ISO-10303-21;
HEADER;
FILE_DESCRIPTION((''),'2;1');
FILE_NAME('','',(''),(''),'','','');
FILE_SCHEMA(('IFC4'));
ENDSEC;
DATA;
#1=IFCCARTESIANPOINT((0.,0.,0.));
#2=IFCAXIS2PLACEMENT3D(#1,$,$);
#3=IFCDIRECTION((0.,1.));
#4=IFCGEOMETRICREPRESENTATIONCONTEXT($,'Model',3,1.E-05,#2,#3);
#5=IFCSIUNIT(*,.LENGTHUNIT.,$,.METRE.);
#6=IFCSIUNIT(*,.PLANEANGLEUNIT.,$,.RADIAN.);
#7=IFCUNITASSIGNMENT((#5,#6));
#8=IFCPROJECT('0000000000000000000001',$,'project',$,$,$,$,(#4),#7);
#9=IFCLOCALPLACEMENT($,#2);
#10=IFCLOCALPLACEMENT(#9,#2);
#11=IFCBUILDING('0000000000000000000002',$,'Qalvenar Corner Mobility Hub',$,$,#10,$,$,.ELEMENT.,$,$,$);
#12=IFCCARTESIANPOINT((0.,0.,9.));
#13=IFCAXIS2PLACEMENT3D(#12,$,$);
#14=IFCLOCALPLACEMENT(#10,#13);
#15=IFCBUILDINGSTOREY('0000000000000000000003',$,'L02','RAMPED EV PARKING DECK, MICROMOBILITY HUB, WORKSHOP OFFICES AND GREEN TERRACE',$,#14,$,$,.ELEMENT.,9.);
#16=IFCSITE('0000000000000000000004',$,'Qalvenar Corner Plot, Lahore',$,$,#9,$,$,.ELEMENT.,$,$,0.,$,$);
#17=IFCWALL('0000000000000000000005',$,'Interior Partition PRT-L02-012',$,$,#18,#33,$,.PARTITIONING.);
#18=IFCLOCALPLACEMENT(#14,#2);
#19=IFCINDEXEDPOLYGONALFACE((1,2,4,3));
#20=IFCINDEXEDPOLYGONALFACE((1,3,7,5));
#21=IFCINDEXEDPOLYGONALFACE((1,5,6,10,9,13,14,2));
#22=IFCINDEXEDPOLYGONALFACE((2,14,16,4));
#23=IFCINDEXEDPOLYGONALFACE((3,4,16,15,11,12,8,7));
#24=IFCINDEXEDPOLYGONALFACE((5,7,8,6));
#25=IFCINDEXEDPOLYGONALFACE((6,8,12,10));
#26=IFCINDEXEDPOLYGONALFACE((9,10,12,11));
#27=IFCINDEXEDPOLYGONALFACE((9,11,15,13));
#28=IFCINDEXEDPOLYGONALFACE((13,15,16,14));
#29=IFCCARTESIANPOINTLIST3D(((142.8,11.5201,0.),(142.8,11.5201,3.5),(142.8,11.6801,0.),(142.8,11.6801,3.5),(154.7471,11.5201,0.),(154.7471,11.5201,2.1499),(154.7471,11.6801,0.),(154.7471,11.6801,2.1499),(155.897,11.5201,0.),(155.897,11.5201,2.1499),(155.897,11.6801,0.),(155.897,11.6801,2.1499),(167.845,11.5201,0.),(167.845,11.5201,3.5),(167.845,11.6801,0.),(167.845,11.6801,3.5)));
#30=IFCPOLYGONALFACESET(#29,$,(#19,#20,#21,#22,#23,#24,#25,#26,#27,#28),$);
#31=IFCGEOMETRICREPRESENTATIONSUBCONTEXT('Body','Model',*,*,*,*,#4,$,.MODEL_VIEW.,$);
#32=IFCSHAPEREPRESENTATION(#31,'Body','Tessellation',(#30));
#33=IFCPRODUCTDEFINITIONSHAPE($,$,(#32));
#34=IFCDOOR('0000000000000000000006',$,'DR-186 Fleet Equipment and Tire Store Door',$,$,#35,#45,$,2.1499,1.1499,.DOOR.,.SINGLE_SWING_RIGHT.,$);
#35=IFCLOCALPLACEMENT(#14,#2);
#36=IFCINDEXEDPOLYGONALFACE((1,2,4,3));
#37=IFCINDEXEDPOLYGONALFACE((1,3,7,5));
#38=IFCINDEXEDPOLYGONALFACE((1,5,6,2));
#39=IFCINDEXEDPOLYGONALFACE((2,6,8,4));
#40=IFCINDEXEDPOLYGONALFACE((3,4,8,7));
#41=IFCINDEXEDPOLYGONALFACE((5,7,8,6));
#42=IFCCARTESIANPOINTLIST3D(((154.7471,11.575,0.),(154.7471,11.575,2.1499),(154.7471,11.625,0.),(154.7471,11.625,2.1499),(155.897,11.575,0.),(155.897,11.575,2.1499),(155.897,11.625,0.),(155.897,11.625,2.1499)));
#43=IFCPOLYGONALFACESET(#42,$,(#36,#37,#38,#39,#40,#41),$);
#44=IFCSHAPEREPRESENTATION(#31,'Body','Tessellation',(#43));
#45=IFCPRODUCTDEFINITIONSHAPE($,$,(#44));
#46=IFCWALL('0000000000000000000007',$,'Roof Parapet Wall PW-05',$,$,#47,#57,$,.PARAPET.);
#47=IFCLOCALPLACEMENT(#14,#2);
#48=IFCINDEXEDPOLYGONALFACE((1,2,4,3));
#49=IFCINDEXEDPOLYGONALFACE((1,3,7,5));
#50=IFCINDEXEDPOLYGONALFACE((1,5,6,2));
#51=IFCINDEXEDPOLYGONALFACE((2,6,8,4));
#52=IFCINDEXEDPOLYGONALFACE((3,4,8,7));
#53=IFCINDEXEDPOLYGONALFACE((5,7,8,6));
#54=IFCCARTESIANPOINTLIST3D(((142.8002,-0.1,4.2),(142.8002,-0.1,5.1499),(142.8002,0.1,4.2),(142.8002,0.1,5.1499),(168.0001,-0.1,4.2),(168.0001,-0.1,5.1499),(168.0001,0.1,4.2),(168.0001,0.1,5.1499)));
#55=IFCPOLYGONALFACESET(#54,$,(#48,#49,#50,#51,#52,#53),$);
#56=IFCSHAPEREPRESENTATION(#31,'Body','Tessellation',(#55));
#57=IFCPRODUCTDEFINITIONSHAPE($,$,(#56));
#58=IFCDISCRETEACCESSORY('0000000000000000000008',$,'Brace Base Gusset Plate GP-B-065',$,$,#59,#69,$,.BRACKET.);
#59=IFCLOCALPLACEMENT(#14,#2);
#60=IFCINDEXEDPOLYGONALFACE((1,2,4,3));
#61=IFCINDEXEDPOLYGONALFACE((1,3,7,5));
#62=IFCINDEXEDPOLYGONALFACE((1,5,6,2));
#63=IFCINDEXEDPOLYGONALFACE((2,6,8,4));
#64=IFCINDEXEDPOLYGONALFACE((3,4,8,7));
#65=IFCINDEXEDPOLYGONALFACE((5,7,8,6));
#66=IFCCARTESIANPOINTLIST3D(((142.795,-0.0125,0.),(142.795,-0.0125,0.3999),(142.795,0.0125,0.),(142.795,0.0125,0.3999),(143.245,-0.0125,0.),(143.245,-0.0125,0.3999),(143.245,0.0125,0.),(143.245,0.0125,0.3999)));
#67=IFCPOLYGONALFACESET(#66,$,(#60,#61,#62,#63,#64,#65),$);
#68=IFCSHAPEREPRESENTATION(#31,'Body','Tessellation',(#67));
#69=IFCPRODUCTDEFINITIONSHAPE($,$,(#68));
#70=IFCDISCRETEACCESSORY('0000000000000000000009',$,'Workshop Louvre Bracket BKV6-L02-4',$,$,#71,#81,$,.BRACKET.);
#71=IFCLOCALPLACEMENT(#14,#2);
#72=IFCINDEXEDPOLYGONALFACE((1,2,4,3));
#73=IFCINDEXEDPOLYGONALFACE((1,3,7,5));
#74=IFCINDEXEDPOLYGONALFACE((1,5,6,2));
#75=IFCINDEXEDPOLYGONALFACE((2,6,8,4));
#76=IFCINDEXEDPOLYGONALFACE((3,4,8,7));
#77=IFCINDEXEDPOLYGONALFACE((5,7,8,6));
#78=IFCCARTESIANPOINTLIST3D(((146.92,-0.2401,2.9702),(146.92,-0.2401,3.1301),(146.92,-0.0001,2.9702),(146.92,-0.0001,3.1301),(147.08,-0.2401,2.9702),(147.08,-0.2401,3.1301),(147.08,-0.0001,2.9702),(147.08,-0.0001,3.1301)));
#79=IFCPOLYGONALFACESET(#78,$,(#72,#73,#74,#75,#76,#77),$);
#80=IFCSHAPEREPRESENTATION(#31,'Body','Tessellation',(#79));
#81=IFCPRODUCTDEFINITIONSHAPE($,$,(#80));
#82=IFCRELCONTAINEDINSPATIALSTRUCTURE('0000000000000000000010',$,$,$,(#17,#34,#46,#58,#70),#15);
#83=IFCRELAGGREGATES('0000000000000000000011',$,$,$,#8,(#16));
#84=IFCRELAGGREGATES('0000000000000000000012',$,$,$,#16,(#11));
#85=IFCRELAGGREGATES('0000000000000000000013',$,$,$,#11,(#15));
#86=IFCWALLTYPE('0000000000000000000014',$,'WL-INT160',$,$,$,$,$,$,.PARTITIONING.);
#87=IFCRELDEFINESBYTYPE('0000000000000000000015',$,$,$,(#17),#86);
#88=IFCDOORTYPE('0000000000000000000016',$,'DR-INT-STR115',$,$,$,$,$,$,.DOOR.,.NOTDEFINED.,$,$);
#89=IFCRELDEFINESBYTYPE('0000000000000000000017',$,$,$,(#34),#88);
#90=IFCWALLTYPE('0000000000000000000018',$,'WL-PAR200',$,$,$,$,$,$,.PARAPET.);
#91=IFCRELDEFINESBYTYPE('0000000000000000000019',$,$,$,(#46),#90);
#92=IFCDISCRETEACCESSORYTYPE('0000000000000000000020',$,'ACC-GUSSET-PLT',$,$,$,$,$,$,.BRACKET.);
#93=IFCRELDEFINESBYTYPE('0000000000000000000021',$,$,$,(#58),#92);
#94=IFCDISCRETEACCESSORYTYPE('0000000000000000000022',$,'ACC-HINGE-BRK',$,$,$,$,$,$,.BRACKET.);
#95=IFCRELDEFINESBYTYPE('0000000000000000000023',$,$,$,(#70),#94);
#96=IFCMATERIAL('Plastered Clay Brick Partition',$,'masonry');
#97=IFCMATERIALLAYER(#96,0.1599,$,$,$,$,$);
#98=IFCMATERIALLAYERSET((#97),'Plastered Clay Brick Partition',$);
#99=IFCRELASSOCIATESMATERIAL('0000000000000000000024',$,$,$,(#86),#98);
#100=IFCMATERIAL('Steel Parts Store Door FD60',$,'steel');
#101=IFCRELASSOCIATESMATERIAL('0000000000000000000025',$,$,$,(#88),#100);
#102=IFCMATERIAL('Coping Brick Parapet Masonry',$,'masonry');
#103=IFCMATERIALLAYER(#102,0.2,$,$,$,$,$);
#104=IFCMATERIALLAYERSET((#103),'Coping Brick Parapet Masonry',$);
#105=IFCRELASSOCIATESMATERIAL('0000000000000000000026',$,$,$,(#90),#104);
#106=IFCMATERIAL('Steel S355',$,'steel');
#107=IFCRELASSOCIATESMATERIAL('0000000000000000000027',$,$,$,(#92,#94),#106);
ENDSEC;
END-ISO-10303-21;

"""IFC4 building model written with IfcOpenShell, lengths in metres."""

from ifc_helpers import new_model, si_unit, direction, frame, frame_2d, origin, origin_2d, place, context, subcontext, project, spatial, rectangle, extrude, material, layer, layer_set, type_object, element, fill, save


model = new_model("IFC4")

# Units and contexts
model_context = context("Model", 3, precision=1e-05, world=origin(), true_north=direction((0.0, 1.0)))
body_context = subcontext(model_context, "Body", "Model", "MODEL_VIEW")
ifc_project = project(units=[si_unit("LENGTHUNIT", "METRE"), si_unit("PLANEANGLEUNIT", "RADIAN")], contexts=[model_context])

# Site, building, storey
site_placement = place(None, origin())
site = spatial("IfcSite", under=ifc_project, at=site_placement, Name="Qalvenar Corner Plot, Lahore", CompositionType="ELEMENT", RefElevation=0.0)
building_placement = place(site_placement, origin())
building = spatial("IfcBuilding", under=site, at=building_placement, Name="Qalvenar Corner Mobility Hub", CompositionType="ELEMENT")
storey_placement = place(building_placement, frame((0.0, 0.0, 9.0)))
storey = spatial("IfcBuildingStorey", under=building, at=storey_placement, Name="L02", Description="RAMPED EV PARKING DECK, MICROMOBILITY HUB, WORKSHOP OFFICES AND GREEN TERRACE", CompositionType="ELEMENT", Elevation=9.0)

# Shared definitions
ifc_material_1 = material(Name="Steel S355", Category="steel")

# Wall, opening, door
ifc_material_2 = material(Name="Plastered Clay Brick Partition", Category="masonry")
ifc_layer_1 = layer(ifc_material_2, 0.1599)
ifc_layer_set_1 = layer_set([ifc_layer_1], Name="Plastered Clay Brick Partition")
wall_type_1 = type_object("IfcWallType", Name="WL-INT160", PredefinedType="PARTITIONING", material=ifc_layer_set_1)
wall_1_placement = place(storey_placement, frame((142.8, 11.6001, 0.0), z_axis=(0.0, 0.0, 1.0), x_axis=(1.0, 0.0, 0.0)))
wall_1 = element("IfcWall", 1, at=wall_1_placement, inside=storey, type_object=wall_type_1, Name="Interior Partition PRT-L02-012", PredefinedType="PARTITIONING", context=body_context, shape_type="SweptSolid", body=[
    extrude(rectangle(XDim=25.0449, YDim=0.1599, at=frame_2d((12.5225, 0.0))), origin(), (0.0, 0.0, 1.0), 3.5),
])
opening_placement = place(wall_1_placement, frame((11.947, 0.0, 0.0)))
opening = element("IfcOpeningElement", 2, at=opening_placement, cuts=wall_1, PredefinedType="OPENING", context=body_context, shape_type="SweptSolid", body=[
    extrude(rectangle(XDim=1.1499, YDim=2.1499, at=frame_2d((0.575, 1.075))), frame((0.0, 0.0898, 0.0), z_axis=(0.0, -1.0, 0.0), x_axis=(1.0, 0.0, 0.0)), (0.0, 0.0, 1.0), 0.1799),
])
ifc_material_3 = material(Name="Steel Parts Store Door FD60", Category="steel")
door_type = type_object("IfcDoorType", Name="DR-INT-STR115", OperationType="NOTDEFINED", PredefinedType="DOOR", material=ifc_material_3)
door_placement = place(opening_placement, origin())
door = element("IfcDoor", 3, at=door_placement, inside=storey, type_object=door_type, Name="DR-186 Fleet Equipment and Tire Store Door", OperationType="SINGLE_SWING_RIGHT", OverallHeight=2.1499, OverallWidth=1.1499, PredefinedType="DOOR", context=body_context, shape_type="SweptSolid", body=[
    extrude(rectangle(XDim=1.1499, YDim=2.1499, at=frame_2d((0.575, 1.075))), frame((0.0, 0.0249, 0.0), z_axis=(0.0, -1.0, 0.0), x_axis=(1.0, 0.0, 0.0)), (0.0, 0.0, 1.0), 0.05),
])
fill(opening, door)

# Wall
ifc_material_4 = material(Name="Coping Brick Parapet Masonry", Category="masonry")
ifc_layer_2 = layer(ifc_material_4, 0.2)
ifc_layer_set_2 = layer_set([ifc_layer_2], Name="Coping Brick Parapet Masonry")
wall_type_2 = type_object("IfcWallType", Name="WL-PAR200", PredefinedType="PARAPET", material=ifc_layer_set_2)
wall_2_placement = place(storey_placement, frame((142.8, 0.0, 4.2), z_axis=(0.0, 0.0, 1.0), x_axis=(1.0, 0.0, 0.0)))
element("IfcWall", 4, at=wall_2_placement, inside=storey, type_object=wall_type_2, Name="Roof Parapet Wall PW-05", PredefinedType="PARAPET", context=body_context, shape_type="SweptSolid", body=[
    extrude(rectangle(XDim=25.2, YDim=0.2, at=frame_2d((12.6001, 0.0))), origin(), (0.0, 0.0, 1.0), 0.95),
])

# Discrete accessories
discrete_accessory_type_1 = type_object("IfcDiscreteAccessoryType", Name="ACC-GUSSET-PLT", PredefinedType="BRACKET", material=ifc_material_1)
discrete_accessory_1_placement = place(storey_placement, frame((143.02, 0.0, 0.0), z_axis=(0.0, 0.0, 1.0), x_axis=(1.0, 0.0, 0.0)))
element("IfcDiscreteAccessory", 5, at=discrete_accessory_1_placement, inside=storey, type_object=discrete_accessory_type_1, Name="Brace Base Gusset Plate GP-B-065", PredefinedType="BRACKET", context=body_context, shape_type="SweptSolid", body=[
    extrude(rectangle(XDim=0.45, YDim=0.0249, at=origin_2d()), origin(), (0.0, 0.0, 1.0), 0.3999),
])
discrete_accessory_type_2 = type_object("IfcDiscreteAccessoryType", Name="ACC-HINGE-BRK", PredefinedType="BRACKET", material=ifc_material_1)
discrete_accessory_2_placement = place(storey_placement, frame((147.0, -0.1201, 2.9702), z_axis=(0.0, 0.0, 1.0), x_axis=(1.0, 0.0, 0.0)))
element("IfcDiscreteAccessory", 6, at=discrete_accessory_2_placement, inside=storey, type_object=discrete_accessory_type_2, Name="Workshop Louvre Bracket BKV6-L02-4", PredefinedType="BRACKET", context=body_context, shape_type="SweptSolid", body=[
    extrude(rectangle(XDim=0.1599, YDim=0.24, at=origin_2d()), origin(), (0.0, 0.0, 1.0), 0.1599),
])

save(model, "model.ifc")
